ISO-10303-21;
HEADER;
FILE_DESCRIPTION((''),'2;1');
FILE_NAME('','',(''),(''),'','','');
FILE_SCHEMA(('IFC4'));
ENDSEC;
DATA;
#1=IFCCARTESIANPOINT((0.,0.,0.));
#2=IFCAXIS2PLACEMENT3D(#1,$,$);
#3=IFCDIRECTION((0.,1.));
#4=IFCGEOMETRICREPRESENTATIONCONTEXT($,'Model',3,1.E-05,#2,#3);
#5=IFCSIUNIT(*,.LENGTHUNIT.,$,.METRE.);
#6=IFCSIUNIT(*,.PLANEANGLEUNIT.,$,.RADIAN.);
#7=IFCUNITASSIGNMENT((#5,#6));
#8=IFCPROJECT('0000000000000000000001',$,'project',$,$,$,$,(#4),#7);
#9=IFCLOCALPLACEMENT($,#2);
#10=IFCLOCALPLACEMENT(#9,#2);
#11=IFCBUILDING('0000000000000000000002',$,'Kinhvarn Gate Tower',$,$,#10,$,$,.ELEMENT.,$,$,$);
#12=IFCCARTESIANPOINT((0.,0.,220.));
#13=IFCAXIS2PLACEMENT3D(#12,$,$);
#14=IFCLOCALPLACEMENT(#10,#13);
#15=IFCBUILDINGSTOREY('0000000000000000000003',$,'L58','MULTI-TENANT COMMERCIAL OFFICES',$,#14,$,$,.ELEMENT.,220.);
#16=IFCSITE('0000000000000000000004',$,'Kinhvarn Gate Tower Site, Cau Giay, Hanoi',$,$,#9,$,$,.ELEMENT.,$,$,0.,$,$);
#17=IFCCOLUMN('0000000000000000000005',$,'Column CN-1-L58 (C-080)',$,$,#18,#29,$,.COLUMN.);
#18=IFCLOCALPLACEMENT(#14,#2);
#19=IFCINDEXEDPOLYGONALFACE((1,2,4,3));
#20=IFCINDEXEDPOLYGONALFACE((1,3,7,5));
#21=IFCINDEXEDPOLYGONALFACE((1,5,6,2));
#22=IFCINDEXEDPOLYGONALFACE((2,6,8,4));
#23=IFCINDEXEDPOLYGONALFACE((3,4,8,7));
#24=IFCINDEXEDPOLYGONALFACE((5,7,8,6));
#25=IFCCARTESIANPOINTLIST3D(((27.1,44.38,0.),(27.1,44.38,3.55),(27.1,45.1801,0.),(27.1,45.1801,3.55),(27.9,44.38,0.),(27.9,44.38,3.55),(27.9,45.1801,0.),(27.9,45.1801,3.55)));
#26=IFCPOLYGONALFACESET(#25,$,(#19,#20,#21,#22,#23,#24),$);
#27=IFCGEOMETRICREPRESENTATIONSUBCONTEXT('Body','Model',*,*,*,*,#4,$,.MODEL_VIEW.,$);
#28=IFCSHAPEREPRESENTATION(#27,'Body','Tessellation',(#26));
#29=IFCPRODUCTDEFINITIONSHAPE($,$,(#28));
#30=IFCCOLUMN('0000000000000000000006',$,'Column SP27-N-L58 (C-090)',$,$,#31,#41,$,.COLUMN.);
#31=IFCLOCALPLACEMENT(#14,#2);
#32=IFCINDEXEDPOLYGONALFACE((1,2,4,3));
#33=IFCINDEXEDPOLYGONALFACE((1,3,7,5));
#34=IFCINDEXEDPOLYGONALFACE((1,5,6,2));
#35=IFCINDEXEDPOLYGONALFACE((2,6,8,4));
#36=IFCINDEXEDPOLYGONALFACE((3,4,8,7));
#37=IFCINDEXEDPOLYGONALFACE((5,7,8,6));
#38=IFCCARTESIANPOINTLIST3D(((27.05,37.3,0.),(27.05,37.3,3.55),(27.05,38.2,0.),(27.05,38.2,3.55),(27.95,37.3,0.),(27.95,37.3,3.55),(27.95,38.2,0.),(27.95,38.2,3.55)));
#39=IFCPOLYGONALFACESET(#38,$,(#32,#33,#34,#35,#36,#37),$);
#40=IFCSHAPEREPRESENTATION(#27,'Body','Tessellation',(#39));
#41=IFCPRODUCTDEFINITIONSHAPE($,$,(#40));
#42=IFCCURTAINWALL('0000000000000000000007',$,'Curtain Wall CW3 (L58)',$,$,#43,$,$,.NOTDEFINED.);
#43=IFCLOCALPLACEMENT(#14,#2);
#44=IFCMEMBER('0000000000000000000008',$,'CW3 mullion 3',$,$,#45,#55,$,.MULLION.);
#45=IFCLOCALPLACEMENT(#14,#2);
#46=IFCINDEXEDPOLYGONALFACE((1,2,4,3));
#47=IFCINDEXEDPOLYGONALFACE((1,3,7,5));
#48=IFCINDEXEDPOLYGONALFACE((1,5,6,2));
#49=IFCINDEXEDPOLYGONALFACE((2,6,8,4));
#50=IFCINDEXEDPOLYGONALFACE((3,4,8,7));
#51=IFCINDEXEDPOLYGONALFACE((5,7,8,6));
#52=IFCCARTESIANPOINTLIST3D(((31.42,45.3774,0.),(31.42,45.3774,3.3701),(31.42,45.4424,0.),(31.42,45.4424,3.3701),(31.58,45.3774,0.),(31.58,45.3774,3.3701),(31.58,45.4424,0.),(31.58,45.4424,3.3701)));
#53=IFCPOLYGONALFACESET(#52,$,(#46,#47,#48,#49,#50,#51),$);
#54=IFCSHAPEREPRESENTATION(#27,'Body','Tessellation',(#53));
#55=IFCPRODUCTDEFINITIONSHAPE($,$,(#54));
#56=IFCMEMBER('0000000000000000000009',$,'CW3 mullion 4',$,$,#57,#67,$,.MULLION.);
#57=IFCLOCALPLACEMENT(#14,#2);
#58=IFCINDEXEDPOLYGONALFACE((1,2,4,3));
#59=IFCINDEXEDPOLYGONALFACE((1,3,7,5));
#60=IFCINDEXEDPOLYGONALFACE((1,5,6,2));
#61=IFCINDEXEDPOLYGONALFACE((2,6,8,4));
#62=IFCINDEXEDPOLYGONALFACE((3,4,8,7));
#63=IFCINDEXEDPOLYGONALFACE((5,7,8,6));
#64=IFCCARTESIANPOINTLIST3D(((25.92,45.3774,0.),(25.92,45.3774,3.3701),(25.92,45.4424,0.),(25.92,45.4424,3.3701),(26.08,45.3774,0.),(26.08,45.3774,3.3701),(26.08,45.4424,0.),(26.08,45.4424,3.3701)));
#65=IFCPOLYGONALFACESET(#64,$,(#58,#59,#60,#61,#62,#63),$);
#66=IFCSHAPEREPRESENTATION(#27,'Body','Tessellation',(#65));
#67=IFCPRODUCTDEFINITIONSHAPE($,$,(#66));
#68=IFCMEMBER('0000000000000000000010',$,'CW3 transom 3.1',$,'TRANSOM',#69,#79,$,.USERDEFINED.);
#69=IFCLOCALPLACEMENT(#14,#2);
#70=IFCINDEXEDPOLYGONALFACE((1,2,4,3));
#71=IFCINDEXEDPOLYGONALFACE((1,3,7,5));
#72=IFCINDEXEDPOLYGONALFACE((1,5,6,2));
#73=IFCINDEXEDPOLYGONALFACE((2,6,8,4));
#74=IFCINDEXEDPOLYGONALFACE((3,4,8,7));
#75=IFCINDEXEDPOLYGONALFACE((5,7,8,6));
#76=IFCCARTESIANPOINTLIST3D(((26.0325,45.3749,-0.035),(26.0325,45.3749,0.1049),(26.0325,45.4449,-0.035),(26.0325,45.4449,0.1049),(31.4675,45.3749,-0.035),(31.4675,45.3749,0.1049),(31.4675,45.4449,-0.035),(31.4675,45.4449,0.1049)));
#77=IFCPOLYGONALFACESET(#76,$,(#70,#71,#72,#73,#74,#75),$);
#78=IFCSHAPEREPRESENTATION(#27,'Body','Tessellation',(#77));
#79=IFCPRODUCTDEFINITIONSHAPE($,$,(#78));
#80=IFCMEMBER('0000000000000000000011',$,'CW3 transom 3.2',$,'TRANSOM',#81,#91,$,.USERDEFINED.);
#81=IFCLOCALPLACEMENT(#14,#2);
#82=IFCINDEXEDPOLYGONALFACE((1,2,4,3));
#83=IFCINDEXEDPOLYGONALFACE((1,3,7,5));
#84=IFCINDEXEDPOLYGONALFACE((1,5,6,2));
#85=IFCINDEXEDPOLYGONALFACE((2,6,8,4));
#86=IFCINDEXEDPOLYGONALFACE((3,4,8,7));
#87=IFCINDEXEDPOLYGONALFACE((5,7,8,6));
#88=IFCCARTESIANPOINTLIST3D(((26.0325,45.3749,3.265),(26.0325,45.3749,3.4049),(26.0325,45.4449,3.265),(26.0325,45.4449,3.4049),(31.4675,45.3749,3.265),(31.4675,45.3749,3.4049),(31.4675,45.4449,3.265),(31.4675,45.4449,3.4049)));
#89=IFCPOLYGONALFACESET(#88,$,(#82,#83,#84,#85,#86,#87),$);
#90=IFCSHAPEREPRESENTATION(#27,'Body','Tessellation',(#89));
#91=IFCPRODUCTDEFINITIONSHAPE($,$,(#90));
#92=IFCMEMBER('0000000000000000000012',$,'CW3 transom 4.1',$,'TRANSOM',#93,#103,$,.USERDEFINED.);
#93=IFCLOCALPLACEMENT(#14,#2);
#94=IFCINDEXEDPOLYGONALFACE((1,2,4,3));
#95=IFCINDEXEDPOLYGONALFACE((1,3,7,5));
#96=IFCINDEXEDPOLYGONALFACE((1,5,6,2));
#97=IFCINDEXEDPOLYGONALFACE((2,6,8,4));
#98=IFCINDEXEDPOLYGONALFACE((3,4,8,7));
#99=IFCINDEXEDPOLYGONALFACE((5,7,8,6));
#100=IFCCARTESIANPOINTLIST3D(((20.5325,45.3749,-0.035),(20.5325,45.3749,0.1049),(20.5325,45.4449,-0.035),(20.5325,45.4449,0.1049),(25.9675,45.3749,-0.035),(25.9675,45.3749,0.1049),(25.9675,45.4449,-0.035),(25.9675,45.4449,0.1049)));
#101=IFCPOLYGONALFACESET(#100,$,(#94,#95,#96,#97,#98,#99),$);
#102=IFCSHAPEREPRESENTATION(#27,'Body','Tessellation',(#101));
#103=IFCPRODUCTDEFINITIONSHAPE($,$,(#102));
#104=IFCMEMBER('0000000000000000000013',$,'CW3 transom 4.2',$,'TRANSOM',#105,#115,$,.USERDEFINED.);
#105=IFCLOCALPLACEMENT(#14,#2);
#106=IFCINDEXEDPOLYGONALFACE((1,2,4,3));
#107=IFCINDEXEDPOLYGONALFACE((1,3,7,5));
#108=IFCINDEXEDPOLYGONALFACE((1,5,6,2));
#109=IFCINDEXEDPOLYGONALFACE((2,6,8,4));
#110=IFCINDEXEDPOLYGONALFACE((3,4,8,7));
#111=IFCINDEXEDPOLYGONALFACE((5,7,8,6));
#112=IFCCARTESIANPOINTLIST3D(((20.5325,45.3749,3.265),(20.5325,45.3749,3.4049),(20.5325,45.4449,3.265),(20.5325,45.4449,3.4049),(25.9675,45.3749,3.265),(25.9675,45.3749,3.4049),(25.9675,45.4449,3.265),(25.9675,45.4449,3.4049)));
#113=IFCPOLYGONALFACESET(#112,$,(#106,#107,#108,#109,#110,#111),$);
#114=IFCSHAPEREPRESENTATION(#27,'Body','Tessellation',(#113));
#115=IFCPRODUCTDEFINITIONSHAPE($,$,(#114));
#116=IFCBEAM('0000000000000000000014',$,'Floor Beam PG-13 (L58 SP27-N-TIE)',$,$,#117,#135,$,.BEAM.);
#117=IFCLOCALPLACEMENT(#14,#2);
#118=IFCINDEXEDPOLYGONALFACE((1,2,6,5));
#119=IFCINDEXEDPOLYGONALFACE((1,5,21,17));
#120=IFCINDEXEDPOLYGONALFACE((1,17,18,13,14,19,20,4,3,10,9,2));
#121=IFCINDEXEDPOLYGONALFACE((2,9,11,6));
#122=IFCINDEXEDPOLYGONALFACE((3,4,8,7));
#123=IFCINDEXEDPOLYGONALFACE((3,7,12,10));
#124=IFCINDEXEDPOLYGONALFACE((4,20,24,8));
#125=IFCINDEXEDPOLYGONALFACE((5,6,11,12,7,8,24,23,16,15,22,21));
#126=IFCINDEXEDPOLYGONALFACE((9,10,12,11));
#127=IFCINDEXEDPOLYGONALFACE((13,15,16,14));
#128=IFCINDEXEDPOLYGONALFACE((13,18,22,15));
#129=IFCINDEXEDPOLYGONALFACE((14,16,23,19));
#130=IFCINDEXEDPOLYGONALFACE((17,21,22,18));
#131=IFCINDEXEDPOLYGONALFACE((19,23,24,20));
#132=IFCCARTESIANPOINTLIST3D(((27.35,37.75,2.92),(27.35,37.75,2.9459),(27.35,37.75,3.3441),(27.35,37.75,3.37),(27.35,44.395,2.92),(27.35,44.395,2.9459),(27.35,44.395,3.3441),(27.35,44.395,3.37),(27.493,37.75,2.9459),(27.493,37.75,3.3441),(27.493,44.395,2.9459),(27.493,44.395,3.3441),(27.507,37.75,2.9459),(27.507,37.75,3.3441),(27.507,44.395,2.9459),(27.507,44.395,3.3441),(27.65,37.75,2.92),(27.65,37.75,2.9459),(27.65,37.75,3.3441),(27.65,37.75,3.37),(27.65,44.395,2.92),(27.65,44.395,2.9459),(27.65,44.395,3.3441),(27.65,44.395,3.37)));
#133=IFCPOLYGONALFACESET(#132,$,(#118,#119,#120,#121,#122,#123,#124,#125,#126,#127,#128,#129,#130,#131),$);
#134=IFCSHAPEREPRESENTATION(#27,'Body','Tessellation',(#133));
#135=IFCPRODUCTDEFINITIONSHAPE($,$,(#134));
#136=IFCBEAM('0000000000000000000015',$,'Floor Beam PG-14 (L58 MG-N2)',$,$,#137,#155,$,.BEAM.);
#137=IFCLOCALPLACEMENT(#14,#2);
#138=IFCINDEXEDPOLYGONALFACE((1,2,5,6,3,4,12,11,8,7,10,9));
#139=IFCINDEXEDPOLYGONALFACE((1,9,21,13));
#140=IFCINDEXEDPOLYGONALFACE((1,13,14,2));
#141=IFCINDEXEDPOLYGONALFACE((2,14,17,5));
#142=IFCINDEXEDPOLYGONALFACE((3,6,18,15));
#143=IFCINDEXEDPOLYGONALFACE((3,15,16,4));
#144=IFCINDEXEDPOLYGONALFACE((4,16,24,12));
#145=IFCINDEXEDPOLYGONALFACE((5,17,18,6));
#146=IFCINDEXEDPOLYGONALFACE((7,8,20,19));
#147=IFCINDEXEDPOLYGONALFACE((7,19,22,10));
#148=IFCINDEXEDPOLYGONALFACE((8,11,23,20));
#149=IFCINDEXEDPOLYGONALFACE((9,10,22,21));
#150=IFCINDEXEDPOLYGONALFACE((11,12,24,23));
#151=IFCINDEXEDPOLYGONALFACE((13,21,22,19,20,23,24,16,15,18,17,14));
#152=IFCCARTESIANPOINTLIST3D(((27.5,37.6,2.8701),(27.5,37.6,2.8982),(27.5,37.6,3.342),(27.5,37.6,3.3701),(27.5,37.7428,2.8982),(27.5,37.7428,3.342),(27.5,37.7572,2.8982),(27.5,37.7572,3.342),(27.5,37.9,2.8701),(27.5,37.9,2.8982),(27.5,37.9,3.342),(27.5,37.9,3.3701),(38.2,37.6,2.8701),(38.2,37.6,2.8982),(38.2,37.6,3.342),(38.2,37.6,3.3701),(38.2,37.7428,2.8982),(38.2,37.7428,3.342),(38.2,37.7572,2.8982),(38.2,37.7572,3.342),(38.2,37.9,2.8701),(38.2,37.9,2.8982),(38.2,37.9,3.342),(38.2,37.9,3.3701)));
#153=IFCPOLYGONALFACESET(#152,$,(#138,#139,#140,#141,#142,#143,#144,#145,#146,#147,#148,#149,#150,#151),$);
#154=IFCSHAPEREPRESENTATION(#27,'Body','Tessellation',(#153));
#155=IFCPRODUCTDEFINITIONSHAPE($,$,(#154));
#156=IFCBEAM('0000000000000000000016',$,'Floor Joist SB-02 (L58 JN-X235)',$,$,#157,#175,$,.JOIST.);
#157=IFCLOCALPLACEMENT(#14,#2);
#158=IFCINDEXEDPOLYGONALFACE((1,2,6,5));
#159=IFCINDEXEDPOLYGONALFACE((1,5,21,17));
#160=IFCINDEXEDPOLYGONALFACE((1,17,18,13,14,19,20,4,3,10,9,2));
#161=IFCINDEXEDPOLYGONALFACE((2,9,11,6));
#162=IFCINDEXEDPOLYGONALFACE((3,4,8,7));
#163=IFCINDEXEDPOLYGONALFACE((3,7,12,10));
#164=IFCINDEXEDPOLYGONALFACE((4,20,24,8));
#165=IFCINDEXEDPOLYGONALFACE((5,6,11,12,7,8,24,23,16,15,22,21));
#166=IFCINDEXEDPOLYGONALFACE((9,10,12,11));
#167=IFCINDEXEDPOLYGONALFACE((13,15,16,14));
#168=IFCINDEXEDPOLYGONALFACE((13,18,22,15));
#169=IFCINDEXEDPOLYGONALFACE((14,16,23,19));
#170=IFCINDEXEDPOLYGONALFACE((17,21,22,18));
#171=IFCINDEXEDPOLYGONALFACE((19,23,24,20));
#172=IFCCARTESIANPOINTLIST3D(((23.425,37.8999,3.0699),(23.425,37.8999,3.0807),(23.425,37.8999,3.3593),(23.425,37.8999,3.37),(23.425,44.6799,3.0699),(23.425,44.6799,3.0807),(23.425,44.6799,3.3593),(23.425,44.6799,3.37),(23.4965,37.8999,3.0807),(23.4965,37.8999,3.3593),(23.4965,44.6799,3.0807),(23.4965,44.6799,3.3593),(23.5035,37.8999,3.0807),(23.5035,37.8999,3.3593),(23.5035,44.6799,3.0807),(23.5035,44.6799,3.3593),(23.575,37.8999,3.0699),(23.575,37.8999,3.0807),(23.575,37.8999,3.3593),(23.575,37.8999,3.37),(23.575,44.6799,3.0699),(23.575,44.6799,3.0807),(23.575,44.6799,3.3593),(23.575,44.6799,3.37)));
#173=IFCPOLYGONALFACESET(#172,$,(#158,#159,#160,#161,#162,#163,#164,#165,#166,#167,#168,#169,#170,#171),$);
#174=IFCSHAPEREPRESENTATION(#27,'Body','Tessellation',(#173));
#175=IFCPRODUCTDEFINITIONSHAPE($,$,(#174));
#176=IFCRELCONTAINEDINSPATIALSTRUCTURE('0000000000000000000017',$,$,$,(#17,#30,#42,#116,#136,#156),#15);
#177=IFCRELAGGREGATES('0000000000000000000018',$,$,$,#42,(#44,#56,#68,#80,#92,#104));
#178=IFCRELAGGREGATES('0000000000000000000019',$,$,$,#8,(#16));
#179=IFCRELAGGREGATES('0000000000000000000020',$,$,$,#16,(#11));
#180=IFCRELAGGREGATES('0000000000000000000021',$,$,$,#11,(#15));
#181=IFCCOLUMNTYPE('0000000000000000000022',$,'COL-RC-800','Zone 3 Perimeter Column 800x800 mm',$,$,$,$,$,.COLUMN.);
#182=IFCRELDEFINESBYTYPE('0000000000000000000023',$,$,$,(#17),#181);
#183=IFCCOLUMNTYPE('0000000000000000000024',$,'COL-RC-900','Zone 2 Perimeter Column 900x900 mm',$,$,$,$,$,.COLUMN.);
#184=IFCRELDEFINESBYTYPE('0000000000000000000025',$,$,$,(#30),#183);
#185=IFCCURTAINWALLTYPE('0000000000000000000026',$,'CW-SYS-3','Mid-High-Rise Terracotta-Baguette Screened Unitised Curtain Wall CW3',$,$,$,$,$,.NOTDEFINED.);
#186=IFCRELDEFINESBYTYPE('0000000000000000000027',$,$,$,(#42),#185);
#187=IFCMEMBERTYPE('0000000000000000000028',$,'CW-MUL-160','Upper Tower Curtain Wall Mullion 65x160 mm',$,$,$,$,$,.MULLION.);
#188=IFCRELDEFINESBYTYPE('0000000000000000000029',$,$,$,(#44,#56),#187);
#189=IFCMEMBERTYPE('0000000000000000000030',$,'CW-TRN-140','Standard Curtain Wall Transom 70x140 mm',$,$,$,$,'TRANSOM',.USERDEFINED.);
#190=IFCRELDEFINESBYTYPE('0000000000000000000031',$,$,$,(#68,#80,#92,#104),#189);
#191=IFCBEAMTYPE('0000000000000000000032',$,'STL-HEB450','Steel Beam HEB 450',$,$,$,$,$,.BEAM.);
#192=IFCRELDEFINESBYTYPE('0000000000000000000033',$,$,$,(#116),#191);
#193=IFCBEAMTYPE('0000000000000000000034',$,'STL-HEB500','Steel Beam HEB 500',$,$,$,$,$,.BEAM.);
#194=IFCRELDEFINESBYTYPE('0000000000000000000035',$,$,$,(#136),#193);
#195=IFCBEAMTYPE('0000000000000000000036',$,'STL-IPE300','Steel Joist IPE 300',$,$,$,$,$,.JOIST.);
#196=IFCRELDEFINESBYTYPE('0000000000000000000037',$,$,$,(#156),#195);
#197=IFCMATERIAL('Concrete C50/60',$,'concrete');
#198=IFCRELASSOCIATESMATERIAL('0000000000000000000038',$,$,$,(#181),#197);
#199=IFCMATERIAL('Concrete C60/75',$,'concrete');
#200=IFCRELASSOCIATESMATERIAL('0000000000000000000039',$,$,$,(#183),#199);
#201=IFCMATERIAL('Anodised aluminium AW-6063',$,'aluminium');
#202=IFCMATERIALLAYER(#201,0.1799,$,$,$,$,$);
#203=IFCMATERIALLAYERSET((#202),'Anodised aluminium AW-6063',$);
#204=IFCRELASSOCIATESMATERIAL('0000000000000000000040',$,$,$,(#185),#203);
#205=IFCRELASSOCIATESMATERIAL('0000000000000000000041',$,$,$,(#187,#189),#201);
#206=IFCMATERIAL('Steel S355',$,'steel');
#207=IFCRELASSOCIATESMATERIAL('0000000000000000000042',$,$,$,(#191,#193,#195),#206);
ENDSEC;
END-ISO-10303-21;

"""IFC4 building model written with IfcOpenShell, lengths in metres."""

from ifc_helpers import new_model, si_unit, direction, frame, origin, origin_2d, place, context, subcontext, project, spatial, rectangle, i_section, extrude, material, layer, layer_set, material_profile, profile_set, type_object, element, aggregate, save


model = new_model("IFC4")

# Units and contexts
model_context = context("Model", 3, precision=1e-05, world=origin(), true_north=direction((0.0, 1.0)))
body_context = subcontext(model_context, "Body", "Model", "MODEL_VIEW")
ifc_project = project(units=[si_unit("LENGTHUNIT", "METRE"), si_unit("PLANEANGLEUNIT", "RADIAN")], contexts=[model_context])

# Site, building, storey
site_placement = place(None, origin())
site = spatial("IfcSite", under=ifc_project, at=site_placement, Name="Kinhvarn Gate Tower Site, Cau Giay, Hanoi", CompositionType="ELEMENT", RefElevation=0.0)
building_placement = place(site_placement, origin())
building = spatial("IfcBuilding", under=site, at=building_placement, Name="Kinhvarn Gate Tower", CompositionType="ELEMENT")
storey_placement = place(building_placement, frame((0.0, 0.0, 220.0)))
storey = spatial("IfcBuildingStorey", under=building, at=storey_placement, Name="L58", Description="MULTI-TENANT COMMERCIAL OFFICES", CompositionType="ELEMENT", Elevation=220.0)

# Columns
ifc_material_1 = material(Name="Concrete C50/60", Category="concrete")
ifc_material_profile_1 = material_profile(ifc_material_1, rectangle(XDim=0.8, YDim=0.8, at=origin_2d()), Name="RC 800x800")
ifc_profile_set_1 = profile_set([ifc_material_profile_1], Name="Concrete C50/60")
column_type_1 = type_object("IfcColumnType", Name="COL-RC-800", Description="Zone 3 Perimeter Column 800x800 mm", PredefinedType="COLUMN", material=ifc_profile_set_1)
column_1_placement = place(storey_placement, frame((27.5, 44.78, 0.0), z_axis=(0.0, 0.0, 1.0), x_axis=(1.0, 0.0, 0.0)))
element("IfcColumn", 1, at=column_1_placement, inside=storey, type_object=column_type_1, Name="Column CN-1-L58 (C-080)", PredefinedType="COLUMN", context=body_context, shape_type="SweptSolid", body=[
    extrude(rectangle(XDim=0.8, YDim=0.8, at=origin_2d()), origin(), (0.0, 0.0, 1.0), 3.55),
])
ifc_material_2 = material(Name="Concrete C60/75", Category="concrete")
ifc_material_profile_2 = material_profile(ifc_material_2, rectangle(XDim=0.8999, YDim=0.8999, at=origin_2d()), Name="RC 900x900")
ifc_profile_set_2 = profile_set([ifc_material_profile_2], Name="Concrete C60/75")
column_type_2 = type_object("IfcColumnType", Name="COL-RC-900", Description="Zone 2 Perimeter Column 900x900 mm", PredefinedType="COLUMN", material=ifc_profile_set_2)
column_2_placement = place(storey_placement, frame((27.5, 37.75, 0.0), z_axis=(0.0, 0.0, 1.0), x_axis=(1.0, 0.0, 0.0)))
element("IfcColumn", 2, at=column_2_placement, inside=storey, type_object=column_type_2, Name="Column SP27-N-L58 (C-090)", PredefinedType="COLUMN", context=body_context, shape_type="SweptSolid", body=[
    extrude(rectangle(XDim=0.8999, YDim=0.8999, at=origin_2d()), origin(), (0.0, 0.0, 1.0), 3.55),
])

# Curtain wall, members
ifc_material_3 = material(Name="Anodised aluminium AW-6063", Category="aluminium")
ifc_layer_1 = layer(ifc_material_3, 0.1799)
ifc_layer_set_1 = layer_set([ifc_layer_1], Name="Anodised aluminium AW-6063")
curtain_wall_type = type_object("IfcCurtainWallType", Name="CW-SYS-3", Description="Mid-High-Rise Terracotta-Baguette Screened Unitised Curtain Wall CW3", PredefinedType="NOTDEFINED", material=ifc_layer_set_1)
curtain_wall_placement = place(storey_placement, origin())
curtain_wall = element("IfcCurtainWall", 3, at=curtain_wall_placement, inside=storey, type_object=curtain_wall_type, Name="Curtain Wall CW3 (L58)", PredefinedType="NOTDEFINED")
ifc_material_profile_3 = material_profile(ifc_material_3, rectangle(XDim=0.0649, YDim=0.1599, at=origin_2d()), Name="ALU 65x160")
ifc_profile_set_3 = profile_set([ifc_material_profile_3], Name="Anodised aluminium AW-6063")
member_type_1 = type_object("IfcMemberType", Name="CW-MUL-160", Description="Upper Tower Curtain Wall Mullion 65x160 mm", PredefinedType="MULLION", material=ifc_profile_set_3)
member_1_placement = place(storey_placement, frame((31.5, 45.4099, 0.0), z_axis=(0.0, 0.0, 1.0), x_axis=(0.0, -1.0, 0.0)))
member_1 = element("IfcMember", 4, at=member_1_placement, type_object=member_type_1, Name="CW3 mullion 3", PredefinedType="MULLION", context=body_context, shape_type="SweptSolid", body=[
    extrude(rectangle(XDim=0.0649, YDim=0.1599, at=origin_2d()), origin(), (0.0, 0.0, 1.0), 3.3701),
])
member_2_placement = place(storey_placement, frame((26.0, 45.4099, 0.0), z_axis=(0.0, 0.0, 1.0), x_axis=(0.0, -1.0, 0.0)))
member_2 = element("IfcMember", 5, at=member_2_placement, type_object=member_type_1, Name="CW3 mullion 4", PredefinedType="MULLION", context=body_context, shape_type="SweptSolid", body=[
    extrude(rectangle(XDim=0.0649, YDim=0.1599, at=origin_2d()), origin(), (0.0, 0.0, 1.0), 3.3701),
])
ifc_material_profile_4 = material_profile(ifc_material_3, rectangle(XDim=0.0701, YDim=0.1399, at=origin_2d()), Name="ALU 70x140")
ifc_profile_set_4 = profile_set([ifc_material_profile_4], Name="Anodised aluminium AW-6063")
member_type_2 = type_object("IfcMemberType", Name="CW-TRN-140", Description="Standard Curtain Wall Transom 70x140 mm", ElementType="TRANSOM", PredefinedType="USERDEFINED", material=ifc_profile_set_4)
member_3_placement = place(storey_placement, frame((31.4675, 45.4099, 0.0349), z_axis=(-1.0, 0.0, 0.0), x_axis=(0.0, -1.0, 0.0)))
member_3 = element("IfcMember", 6, at=member_3_placement, type_object=member_type_2, Name="CW3 transom 3.1", ObjectType="TRANSOM", PredefinedType="USERDEFINED", context=body_context, shape_type="SweptSolid", body=[
    extrude(rectangle(XDim=0.0701, YDim=0.1399, at=origin_2d()), origin(), (0.0, 0.0, 1.0), 5.4351),
])
member_4_placement = place(storey_placement, frame((31.4675, 45.4099, 3.335), z_axis=(-1.0, 0.0, 0.0), x_axis=(0.0, -1.0, 0.0)))
member_4 = element("IfcMember", 7, at=member_4_placement, type_object=member_type_2, Name="CW3 transom 3.2", ObjectType="TRANSOM", PredefinedType="USERDEFINED", context=body_context, shape_type="SweptSolid", body=[
    extrude(rectangle(XDim=0.0701, YDim=0.1399, at=origin_2d()), origin(), (0.0, 0.0, 1.0), 5.4351),
])
member_5_placement = place(storey_placement, frame((25.9675, 45.4099, 0.0349), z_axis=(-1.0, 0.0, 0.0), x_axis=(0.0, -1.0, 0.0)))
member_5 = element("IfcMember", 8, at=member_5_placement, type_object=member_type_2, Name="CW3 transom 4.1", ObjectType="TRANSOM", PredefinedType="USERDEFINED", context=body_context, shape_type="SweptSolid", body=[
    extrude(rectangle(XDim=0.0701, YDim=0.1399, at=origin_2d()), origin(), (0.0, 0.0, 1.0), 5.4351),
])
member_6_placement = place(storey_placement, frame((25.9675, 45.4099, 3.335), z_axis=(-1.0, 0.0, 0.0), x_axis=(0.0, -1.0, 0.0)))
member_6 = element("IfcMember", 9, at=member_6_placement, type_object=member_type_2, Name="CW3 transom 4.2", ObjectType="TRANSOM", PredefinedType="USERDEFINED", context=body_context, shape_type="SweptSolid", body=[
    extrude(rectangle(XDim=0.0701, YDim=0.1399, at=origin_2d()), origin(), (0.0, 0.0, 1.0), 5.4351),
])

# Beams
ifc_material_4 = material(Name="Steel S355", Category="steel")
ifc_material_profile_5 = material_profile(ifc_material_4, i_section(OverallWidth=0.3, OverallDepth=0.45, WebThickness=0.0139, FlangeThickness=0.0259, at=origin_2d()), Name="HEB 450")
ifc_profile_set_5 = profile_set([ifc_material_profile_5], Name="Steel S355")
beam_type_1 = type_object("IfcBeamType", Name="STL-HEB450", Description="Steel Beam HEB 450", PredefinedType="BEAM", material=ifc_profile_set_5)
beam_1_placement = place(storey_placement, frame((27.5, 37.75, 3.145), z_axis=(0.0, 1.0, 0.0), x_axis=(-1.0, 0.0, 0.0)))
element("IfcBeam", 10, at=beam_1_placement, inside=storey, type_object=beam_type_1, Name="Floor Beam PG-13 (L58 SP27-N-TIE)", PredefinedType="BEAM", context=body_context, shape_type="SweptSolid", body=[
    extrude(i_section(OverallWidth=0.3, OverallDepth=0.45, WebThickness=0.0139, FlangeThickness=0.0259, at=origin_2d()), origin(), (0.0, 0.0, 1.0), 6.645),
])
ifc_material_profile_6 = material_profile(ifc_material_4, i_section(OverallWidth=0.3, OverallDepth=0.5, WebThickness=0.0144, FlangeThickness=0.0281, at=origin_2d()), Name="HEB 500")
ifc_profile_set_6 = profile_set([ifc_material_profile_6], Name="Steel S355")
beam_type_2 = type_object("IfcBeamType", Name="STL-HEB500", Description="Steel Beam HEB 500", PredefinedType="BEAM", material=ifc_profile_set_6)
beam_2_placement = place(storey_placement, frame((27.5, 37.75, 3.1201), z_axis=(1.0, 0.0, 0.0), x_axis=(0.0, 1.0, 0.0)))
element("IfcBeam", 11, at=beam_2_placement, inside=storey, type_object=beam_type_2, Name="Floor Beam PG-14 (L58 MG-N2)", PredefinedType="BEAM", context=body_context, shape_type="SweptSolid", body=[
    extrude(i_section(OverallWidth=0.3, OverallDepth=0.5, WebThickness=0.0144, FlangeThickness=0.0281, at=origin_2d()), origin(), (0.0, 0.0, 1.0), 10.7),
])
ifc_material_profile_7 = material_profile(ifc_material_4, i_section(OverallWidth=0.1499, OverallDepth=0.3, WebThickness=0.0071, FlangeThickness=0.0107, at=origin_2d()), Name="IPE 300")
ifc_profile_set_7 = profile_set([ifc_material_profile_7], Name="Steel S355")
beam_type_3 = type_object("IfcBeamType", Name="STL-IPE300", Description="Steel Joist IPE 300", PredefinedType="JOIST", material=ifc_profile_set_7)
for number, where, z_axis, x_axis, name in (
    (12, (23.5, 37.8999, 3.22), (0.0, 1.0, 0.0), (-1.0, 0.0, 0.0), "Floor Joist SB-02 (L58 JN-X235)"),
):
    element("IfcBeam", number, at=place(storey_placement, frame(where, z_axis=z_axis, x_axis=x_axis)), inside=storey, type_object=beam_type_3, Name=name, PredefinedType="JOIST", context=body_context, shape_type="SweptSolid", body=[
        extrude(i_section(OverallWidth=0.1499, OverallDepth=0.3, WebThickness=0.0071, FlangeThickness=0.0107, at=origin_2d()), origin(), (0.0, 0.0, 1.0), 6.78),
    ])

aggregate(curtain_wall, [member_1, member_2, member_3, member_4, member_5, member_6])

save(model, "model.ifc")
